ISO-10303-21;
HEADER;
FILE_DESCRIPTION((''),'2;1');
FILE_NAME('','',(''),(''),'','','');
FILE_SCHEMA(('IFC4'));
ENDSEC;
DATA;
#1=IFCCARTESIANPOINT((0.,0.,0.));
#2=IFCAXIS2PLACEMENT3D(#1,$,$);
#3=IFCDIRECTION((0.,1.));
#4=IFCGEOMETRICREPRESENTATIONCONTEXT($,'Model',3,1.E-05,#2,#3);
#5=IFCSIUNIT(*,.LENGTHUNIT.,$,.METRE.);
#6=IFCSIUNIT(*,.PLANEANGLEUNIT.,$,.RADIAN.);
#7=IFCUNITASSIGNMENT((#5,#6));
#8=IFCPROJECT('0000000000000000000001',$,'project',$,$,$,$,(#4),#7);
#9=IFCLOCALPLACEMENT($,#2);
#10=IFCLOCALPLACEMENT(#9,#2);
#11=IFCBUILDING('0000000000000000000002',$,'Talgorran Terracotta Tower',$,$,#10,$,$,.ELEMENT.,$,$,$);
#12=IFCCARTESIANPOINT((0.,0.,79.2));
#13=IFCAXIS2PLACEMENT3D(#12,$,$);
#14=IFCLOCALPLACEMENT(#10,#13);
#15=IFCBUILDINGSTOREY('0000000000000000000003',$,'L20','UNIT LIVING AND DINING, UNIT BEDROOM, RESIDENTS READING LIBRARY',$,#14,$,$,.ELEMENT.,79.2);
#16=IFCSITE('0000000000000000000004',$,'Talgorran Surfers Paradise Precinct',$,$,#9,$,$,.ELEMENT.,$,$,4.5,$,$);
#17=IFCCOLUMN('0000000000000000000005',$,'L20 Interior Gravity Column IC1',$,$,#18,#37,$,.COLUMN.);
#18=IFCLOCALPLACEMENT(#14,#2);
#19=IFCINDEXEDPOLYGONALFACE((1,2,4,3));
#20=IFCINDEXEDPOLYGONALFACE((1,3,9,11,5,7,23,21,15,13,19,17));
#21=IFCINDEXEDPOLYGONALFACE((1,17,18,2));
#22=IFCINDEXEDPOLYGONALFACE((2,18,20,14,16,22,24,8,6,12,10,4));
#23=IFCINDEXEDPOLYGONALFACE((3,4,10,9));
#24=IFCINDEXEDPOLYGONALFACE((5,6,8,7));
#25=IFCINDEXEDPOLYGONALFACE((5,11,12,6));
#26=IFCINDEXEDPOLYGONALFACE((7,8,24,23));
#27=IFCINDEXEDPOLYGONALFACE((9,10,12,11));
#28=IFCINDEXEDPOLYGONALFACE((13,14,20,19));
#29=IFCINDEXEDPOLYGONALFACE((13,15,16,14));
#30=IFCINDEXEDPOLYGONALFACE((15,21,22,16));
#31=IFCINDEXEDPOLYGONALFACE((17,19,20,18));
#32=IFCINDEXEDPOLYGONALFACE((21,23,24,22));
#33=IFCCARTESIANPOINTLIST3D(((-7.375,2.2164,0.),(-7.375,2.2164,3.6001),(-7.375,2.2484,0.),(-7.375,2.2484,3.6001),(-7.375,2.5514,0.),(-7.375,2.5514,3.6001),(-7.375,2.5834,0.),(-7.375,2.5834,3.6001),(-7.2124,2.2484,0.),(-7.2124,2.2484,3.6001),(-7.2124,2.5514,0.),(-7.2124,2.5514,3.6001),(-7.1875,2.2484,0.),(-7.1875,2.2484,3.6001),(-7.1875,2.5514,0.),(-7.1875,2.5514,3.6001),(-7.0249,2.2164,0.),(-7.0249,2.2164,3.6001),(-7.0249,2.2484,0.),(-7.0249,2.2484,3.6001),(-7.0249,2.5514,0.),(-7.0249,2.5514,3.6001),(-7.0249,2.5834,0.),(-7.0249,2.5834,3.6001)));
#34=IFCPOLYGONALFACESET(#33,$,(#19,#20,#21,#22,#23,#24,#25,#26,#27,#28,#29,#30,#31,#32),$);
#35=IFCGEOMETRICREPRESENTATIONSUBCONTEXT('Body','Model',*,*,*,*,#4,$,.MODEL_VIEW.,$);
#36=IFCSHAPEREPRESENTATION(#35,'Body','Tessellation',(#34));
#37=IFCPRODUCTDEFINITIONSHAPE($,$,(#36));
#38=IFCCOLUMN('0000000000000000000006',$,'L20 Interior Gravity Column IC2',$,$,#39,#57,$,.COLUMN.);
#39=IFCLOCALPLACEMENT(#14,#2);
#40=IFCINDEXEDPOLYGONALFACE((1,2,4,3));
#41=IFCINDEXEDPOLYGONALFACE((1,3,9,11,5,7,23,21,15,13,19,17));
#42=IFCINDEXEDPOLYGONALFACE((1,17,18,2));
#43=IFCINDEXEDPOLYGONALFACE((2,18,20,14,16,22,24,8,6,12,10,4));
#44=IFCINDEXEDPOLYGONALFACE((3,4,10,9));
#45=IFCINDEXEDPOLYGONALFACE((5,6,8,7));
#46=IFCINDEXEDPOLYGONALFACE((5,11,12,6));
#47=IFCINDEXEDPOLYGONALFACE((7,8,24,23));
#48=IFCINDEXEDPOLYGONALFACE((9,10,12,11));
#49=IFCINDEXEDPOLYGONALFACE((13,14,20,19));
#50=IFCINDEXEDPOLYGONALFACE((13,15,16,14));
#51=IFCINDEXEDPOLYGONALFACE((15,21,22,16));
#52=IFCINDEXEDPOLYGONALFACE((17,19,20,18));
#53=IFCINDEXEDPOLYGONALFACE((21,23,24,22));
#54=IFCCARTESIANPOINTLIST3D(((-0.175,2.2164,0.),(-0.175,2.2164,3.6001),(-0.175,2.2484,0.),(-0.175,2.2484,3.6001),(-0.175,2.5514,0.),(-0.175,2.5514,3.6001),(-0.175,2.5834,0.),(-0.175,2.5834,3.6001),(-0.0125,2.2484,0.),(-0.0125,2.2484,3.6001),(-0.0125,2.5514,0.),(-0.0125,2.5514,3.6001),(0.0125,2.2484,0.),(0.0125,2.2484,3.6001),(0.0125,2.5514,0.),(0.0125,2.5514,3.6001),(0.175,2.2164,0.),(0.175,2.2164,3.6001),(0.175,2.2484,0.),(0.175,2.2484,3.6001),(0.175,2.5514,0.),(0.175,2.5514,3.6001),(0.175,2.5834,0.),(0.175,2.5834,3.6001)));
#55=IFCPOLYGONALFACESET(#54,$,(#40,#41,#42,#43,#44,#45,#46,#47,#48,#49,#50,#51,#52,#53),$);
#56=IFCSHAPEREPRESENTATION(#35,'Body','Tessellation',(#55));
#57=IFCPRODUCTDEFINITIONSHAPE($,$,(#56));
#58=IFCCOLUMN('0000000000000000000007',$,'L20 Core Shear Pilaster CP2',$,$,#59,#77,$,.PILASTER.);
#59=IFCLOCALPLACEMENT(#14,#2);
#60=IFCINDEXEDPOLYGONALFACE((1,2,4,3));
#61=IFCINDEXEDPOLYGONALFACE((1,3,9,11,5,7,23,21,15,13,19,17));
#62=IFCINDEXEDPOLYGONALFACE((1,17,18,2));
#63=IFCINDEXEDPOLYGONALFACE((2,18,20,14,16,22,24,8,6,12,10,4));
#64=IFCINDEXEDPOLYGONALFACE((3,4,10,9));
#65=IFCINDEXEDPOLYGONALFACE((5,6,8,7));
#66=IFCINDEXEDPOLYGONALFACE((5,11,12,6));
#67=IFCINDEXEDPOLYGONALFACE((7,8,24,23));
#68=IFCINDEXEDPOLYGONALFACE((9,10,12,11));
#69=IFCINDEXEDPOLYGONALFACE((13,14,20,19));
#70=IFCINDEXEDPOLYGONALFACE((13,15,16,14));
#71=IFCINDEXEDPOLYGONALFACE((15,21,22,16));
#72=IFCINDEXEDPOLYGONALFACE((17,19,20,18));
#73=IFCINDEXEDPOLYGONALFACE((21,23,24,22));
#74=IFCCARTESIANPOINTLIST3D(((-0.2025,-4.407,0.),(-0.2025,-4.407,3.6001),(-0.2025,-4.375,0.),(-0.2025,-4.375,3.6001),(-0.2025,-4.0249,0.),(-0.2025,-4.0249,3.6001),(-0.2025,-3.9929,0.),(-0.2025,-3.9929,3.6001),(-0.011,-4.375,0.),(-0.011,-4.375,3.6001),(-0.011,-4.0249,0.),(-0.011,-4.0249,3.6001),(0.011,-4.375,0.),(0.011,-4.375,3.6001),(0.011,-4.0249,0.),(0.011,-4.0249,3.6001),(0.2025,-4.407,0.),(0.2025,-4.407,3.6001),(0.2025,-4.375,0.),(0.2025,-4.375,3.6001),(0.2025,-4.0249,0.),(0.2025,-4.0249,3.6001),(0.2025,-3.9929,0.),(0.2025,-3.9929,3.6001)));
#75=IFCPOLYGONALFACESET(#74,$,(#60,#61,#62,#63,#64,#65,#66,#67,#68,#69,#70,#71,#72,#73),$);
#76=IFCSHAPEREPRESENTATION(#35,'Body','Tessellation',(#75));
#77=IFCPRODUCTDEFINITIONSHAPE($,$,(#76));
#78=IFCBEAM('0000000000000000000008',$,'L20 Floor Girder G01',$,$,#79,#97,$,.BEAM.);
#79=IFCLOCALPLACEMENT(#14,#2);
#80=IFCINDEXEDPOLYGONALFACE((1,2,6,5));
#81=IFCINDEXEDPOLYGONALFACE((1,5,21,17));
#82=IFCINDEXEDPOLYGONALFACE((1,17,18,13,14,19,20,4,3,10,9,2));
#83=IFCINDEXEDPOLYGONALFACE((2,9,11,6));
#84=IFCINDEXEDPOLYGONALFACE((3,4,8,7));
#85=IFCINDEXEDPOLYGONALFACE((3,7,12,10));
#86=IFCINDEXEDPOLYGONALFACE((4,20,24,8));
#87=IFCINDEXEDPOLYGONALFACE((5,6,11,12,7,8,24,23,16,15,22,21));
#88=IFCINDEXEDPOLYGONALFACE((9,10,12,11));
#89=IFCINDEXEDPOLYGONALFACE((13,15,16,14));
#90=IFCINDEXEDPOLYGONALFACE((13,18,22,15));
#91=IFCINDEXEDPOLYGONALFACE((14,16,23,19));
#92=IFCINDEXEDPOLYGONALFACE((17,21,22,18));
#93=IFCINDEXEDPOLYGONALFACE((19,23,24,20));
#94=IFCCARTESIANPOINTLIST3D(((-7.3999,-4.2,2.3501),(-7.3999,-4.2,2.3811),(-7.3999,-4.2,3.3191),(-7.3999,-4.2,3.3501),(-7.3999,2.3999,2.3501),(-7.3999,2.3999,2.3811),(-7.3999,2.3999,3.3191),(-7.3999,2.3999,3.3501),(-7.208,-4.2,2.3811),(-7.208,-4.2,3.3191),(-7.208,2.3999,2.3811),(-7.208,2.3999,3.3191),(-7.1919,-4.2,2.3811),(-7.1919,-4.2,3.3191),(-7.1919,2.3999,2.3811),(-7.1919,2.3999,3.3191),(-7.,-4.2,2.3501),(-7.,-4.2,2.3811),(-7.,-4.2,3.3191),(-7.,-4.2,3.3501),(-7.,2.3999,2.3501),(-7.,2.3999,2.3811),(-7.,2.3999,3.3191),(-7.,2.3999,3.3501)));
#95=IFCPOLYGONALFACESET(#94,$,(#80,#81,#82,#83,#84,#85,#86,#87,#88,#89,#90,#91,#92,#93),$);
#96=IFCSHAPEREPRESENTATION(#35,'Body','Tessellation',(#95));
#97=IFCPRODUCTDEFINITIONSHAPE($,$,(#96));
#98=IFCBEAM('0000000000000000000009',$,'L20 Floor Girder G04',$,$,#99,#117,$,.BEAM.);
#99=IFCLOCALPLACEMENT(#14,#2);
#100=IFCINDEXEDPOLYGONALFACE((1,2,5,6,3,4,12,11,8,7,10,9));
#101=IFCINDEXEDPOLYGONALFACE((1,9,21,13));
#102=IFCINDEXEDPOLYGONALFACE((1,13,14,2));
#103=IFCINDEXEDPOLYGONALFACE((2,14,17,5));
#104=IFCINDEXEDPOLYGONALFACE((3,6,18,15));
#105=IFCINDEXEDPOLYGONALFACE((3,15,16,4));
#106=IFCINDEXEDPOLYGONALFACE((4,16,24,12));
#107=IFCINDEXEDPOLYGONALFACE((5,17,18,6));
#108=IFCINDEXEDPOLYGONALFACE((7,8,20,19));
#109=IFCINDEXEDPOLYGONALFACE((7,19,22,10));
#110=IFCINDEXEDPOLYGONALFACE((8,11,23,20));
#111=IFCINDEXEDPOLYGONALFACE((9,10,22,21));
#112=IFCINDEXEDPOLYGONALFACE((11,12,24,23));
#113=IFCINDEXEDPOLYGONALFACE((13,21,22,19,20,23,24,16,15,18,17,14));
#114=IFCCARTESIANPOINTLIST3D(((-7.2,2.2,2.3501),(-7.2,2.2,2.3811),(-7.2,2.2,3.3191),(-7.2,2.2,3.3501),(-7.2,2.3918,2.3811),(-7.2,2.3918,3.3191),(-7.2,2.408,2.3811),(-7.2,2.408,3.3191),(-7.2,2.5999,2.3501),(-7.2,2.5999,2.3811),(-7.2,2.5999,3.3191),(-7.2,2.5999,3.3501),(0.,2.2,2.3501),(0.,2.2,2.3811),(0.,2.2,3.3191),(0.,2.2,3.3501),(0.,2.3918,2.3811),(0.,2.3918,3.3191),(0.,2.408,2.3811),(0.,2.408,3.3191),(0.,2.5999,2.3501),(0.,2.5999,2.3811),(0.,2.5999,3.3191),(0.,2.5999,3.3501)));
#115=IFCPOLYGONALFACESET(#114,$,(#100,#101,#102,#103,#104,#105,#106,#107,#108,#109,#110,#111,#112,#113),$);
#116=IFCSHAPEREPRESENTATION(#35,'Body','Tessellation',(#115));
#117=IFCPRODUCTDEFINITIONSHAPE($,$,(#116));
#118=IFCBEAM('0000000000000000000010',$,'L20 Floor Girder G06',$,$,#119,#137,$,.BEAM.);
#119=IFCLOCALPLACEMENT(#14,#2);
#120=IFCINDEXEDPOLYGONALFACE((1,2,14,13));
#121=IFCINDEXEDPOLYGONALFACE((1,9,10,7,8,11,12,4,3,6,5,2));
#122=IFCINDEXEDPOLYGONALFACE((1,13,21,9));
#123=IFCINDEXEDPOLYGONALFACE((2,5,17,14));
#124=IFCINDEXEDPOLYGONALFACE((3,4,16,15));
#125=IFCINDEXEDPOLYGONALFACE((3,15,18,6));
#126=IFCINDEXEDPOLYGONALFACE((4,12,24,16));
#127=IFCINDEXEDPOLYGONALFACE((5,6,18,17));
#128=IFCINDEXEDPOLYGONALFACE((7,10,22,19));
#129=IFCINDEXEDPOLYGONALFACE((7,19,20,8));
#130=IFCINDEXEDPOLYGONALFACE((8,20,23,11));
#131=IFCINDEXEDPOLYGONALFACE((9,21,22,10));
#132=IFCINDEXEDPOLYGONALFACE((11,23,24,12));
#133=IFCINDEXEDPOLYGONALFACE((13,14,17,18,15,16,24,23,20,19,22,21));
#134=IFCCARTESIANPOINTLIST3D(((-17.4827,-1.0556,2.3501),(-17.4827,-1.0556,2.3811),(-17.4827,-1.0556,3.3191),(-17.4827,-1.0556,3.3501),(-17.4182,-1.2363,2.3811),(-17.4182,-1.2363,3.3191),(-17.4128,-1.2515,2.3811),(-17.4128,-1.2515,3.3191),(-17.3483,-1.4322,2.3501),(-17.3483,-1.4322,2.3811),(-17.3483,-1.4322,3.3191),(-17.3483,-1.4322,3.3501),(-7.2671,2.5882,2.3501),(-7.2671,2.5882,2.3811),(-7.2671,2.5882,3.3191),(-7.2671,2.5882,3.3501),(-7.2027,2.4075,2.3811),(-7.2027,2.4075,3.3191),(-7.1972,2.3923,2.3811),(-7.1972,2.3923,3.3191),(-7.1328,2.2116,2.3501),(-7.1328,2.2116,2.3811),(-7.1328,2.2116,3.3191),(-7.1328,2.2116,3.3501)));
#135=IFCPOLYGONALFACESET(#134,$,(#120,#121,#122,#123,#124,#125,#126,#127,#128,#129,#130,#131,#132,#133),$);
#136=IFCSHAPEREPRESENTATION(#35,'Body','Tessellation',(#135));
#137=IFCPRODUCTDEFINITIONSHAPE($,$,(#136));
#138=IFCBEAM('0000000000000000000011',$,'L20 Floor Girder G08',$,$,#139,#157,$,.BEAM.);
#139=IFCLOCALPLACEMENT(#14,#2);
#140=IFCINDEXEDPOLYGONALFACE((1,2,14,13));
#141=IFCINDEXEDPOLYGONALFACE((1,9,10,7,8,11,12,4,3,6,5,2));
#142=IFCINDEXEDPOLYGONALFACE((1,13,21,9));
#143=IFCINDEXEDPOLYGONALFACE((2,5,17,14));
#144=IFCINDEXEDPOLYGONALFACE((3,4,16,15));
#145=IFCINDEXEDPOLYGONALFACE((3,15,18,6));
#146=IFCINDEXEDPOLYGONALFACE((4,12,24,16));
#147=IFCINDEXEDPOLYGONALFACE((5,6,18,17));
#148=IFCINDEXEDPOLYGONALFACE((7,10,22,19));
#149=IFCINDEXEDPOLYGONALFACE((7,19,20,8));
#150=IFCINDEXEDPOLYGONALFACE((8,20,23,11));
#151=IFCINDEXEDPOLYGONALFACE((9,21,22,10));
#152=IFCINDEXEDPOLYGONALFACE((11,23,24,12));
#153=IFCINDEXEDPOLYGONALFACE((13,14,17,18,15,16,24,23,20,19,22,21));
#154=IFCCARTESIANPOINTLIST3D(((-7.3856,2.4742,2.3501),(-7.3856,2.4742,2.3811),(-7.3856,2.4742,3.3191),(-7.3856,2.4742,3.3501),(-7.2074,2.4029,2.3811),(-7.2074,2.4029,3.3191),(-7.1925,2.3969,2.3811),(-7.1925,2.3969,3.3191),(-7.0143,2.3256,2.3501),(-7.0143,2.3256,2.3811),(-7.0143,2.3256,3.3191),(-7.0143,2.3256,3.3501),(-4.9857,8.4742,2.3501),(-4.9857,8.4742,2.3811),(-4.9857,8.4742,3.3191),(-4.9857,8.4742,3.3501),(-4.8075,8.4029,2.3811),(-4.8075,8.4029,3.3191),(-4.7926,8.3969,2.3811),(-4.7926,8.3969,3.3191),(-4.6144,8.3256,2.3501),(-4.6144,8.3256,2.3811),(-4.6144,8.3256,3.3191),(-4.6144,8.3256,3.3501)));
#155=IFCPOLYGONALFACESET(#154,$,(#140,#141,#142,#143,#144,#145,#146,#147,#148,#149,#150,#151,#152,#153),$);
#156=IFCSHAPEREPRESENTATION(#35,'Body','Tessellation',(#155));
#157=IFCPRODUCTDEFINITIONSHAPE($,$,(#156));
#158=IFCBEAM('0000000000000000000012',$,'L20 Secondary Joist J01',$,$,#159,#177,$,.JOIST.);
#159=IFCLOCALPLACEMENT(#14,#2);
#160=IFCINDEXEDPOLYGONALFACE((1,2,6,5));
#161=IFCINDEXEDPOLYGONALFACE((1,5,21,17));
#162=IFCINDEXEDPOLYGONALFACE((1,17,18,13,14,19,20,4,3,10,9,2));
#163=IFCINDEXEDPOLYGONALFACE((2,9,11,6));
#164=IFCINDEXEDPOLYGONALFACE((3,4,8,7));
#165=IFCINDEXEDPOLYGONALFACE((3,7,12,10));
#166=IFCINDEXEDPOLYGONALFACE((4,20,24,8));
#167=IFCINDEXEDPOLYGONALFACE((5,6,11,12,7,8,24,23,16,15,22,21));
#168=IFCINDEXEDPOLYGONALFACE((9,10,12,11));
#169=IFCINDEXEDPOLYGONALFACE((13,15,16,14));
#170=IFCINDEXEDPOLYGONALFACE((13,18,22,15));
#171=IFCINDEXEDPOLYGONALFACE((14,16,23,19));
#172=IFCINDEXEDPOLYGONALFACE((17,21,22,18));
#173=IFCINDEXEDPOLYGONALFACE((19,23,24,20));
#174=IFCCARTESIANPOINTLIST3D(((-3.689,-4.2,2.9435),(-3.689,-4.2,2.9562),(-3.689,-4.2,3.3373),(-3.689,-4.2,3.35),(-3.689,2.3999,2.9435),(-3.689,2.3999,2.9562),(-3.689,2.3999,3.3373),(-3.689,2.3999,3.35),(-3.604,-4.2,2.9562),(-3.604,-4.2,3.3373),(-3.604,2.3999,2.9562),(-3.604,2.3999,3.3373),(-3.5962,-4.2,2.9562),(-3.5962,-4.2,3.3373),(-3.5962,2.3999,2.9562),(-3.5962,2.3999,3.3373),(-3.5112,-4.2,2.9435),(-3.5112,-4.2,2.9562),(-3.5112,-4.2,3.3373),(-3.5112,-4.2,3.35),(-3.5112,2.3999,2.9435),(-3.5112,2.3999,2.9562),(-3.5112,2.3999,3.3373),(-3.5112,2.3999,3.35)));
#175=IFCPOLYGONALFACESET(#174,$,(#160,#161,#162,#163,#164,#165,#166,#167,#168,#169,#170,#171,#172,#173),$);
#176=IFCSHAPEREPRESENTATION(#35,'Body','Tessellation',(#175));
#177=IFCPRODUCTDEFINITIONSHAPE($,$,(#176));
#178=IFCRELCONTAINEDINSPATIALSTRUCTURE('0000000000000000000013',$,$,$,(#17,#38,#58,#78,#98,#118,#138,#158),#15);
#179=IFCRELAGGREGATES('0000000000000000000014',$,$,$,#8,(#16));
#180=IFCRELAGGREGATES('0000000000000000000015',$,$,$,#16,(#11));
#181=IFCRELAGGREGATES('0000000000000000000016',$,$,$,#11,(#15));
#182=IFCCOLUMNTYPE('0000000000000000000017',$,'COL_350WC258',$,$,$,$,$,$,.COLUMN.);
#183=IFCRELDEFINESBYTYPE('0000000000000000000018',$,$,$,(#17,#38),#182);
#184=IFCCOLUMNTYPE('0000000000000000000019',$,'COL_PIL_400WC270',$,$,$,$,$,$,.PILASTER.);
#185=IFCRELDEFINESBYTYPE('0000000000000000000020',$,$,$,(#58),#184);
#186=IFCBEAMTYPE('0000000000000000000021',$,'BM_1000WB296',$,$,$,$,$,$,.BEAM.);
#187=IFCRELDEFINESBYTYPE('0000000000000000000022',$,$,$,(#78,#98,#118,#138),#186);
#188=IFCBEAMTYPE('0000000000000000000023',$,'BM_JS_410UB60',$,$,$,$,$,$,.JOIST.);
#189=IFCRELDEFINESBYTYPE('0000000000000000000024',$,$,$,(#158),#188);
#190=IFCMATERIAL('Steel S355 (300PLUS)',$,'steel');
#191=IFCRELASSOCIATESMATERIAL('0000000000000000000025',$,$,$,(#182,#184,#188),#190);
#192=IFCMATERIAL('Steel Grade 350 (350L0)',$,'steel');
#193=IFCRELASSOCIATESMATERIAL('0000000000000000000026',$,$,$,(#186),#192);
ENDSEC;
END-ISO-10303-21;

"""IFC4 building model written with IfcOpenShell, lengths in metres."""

from ifc_helpers import new_model, si_unit, direction, frame, origin, origin_2d, place, context, subcontext, project, spatial, i_section, extrude, material, material_profile, profile_set, type_object, element, save


model = new_model("IFC4")

# Units and contexts
model_context = context("Model", 3, precision=1e-05, world=origin(), true_north=direction((0.0, 1.0)))
body_context = subcontext(model_context, "Body", "Model", "MODEL_VIEW")
ifc_project = project(units=[si_unit("LENGTHUNIT", "METRE"), si_unit("PLANEANGLEUNIT", "RADIAN")], contexts=[model_context])

# Site, building, storey
site_placement = place(None, origin())
site = spatial("IfcSite", under=ifc_project, at=site_placement, Name="Talgorran Surfers Paradise Precinct", CompositionType="ELEMENT", RefElevation=4.5)
building_placement = place(site_placement, origin())
building = spatial("IfcBuilding", under=site, at=building_placement, Name="Talgorran Terracotta Tower", CompositionType="ELEMENT")
storey_placement = place(building_placement, frame((0.0, 0.0, 79.2)))
storey = spatial("IfcBuildingStorey", under=building, at=storey_placement, Name="L20", Description="UNIT LIVING AND DINING, UNIT BEDROOM, RESIDENTS READING LIBRARY", CompositionType="ELEMENT", Elevation=79.2)

# Columns
ifc_material_1 = material(Name="Steel S355 (300PLUS)", Category="steel")
ifc_material_profile_1 = material_profile(ifc_material_1, i_section(OverallWidth=0.3501, OverallDepth=0.3669, WebThickness=0.0249, FlangeThickness=0.032, at=origin_2d()), Name="350WC258")
ifc_profile_set_1 = profile_set([ifc_material_profile_1], Name="Steel S355 (300PLUS)")
column_type_1 = type_object("IfcColumnType", Name="COL_350WC258", PredefinedType="COLUMN", material=ifc_profile_set_1)
for number, where, z_axis, x_axis, name in (
    (1, (-7.2, 2.3999, 0.0), (0.0, 0.0, 1.0), (1.0, 0.0, 0.0), "L20 Interior Gravity Column IC1"),
    (2, (0.0, 2.3999, 0.0), (0.0, 0.0, 1.0), (1.0, 0.0, 0.0), "L20 Interior Gravity Column IC2"),
):
    element("IfcColumn", number, at=place(storey_placement, frame(where, z_axis=z_axis, x_axis=x_axis)), inside=storey, type_object=column_type_1, Name=name, PredefinedType="COLUMN", context=body_context, shape_type="SweptSolid", body=[
        extrude(i_section(OverallWidth=0.3501, OverallDepth=0.3669, WebThickness=0.0249, FlangeThickness=0.032, at=origin_2d()), origin(), (0.0, 0.0, 1.0), 3.6001),
    ])
ifc_material_profile_2 = material_profile(ifc_material_1, i_section(OverallWidth=0.405, OverallDepth=0.4141, WebThickness=0.022, FlangeThickness=0.032, at=origin_2d()), Name="400WC270")
ifc_profile_set_2 = profile_set([ifc_material_profile_2], Name="Steel S355 (300PLUS)")
column_type_2 = type_object("IfcColumnType", Name="COL_PIL_400WC270", PredefinedType="PILASTER", material=ifc_profile_set_2)
column_placement = place(storey_placement, frame((0.0, -4.2, 0.0), z_axis=(0.0, 0.0, 1.0), x_axis=(1.0, 0.0, 0.0)))
element("IfcColumn", 3, at=column_placement, inside=storey, type_object=column_type_2, Name="L20 Core Shear Pilaster CP2", PredefinedType="PILASTER", context=body_context, shape_type="SweptSolid", body=[
    extrude(i_section(OverallWidth=0.405, OverallDepth=0.4141, WebThickness=0.022, FlangeThickness=0.032, at=origin_2d()), origin(), (0.0, 0.0, 1.0), 3.6001),
])

# Beams
ifc_material_2 = material(Name="Steel Grade 350 (350L0)", Category="steel")
ifc_material_profile_3 = material_profile(ifc_material_2, i_section(OverallWidth=0.3999, OverallDepth=1.0, WebThickness=0.0161, FlangeThickness=0.031, at=origin_2d()), Name="1000WB296")
ifc_profile_set_3 = profile_set([ifc_material_profile_3], Name="Steel Grade 350 (350L0)")
beam_type_1 = type_object("IfcBeamType", Name="BM_1000WB296", PredefinedType="BEAM", material=ifc_profile_set_3)
beam_1_placement = place(storey_placement, frame((-7.2, -4.2, 2.8501), z_axis=(0.0, 1.0, 0.0), x_axis=(-1.0, 0.0, 0.0)))
element("IfcBeam", 4, at=beam_1_placement, inside=storey, type_object=beam_type_1, Name="L20 Floor Girder G01", PredefinedType="BEAM", context=body_context, shape_type="SweptSolid", body=[
    extrude(i_section(OverallWidth=0.3999, OverallDepth=1.0, WebThickness=0.0161, FlangeThickness=0.031, at=origin_2d()), origin(), (0.0, 0.0, 1.0), 6.5999),
])
beam_2_placement = place(storey_placement, frame((-7.2, 2.3999, 2.8501), z_axis=(1.0, 0.0, 0.0), x_axis=(0.0, 1.0, 0.0)))
element("IfcBeam", 5, at=beam_2_placement, inside=storey, type_object=beam_type_1, Name="L20 Floor Girder G04", PredefinedType="BEAM", context=body_context, shape_type="SweptSolid", body=[
    extrude(i_section(OverallWidth=0.3999, OverallDepth=1.0, WebThickness=0.0161, FlangeThickness=0.031, at=origin_2d()), origin(), (0.0, 0.0, 1.0), 7.2),
])
beam_3_placement = place(storey_placement, frame((-7.2, 2.3999, 2.8501), z_axis=(-0.941877, -0.335958, 0.0), x_axis=(0.335958, -0.941877, 0.0)))
element("IfcBeam", 6, at=beam_3_placement, inside=storey, type_object=beam_type_1, Name="L20 Floor Girder G06", PredefinedType="BEAM", context=body_context, shape_type="SweptSolid", body=[
    extrude(i_section(OverallWidth=0.3999, OverallDepth=1.0, WebThickness=0.0161, FlangeThickness=0.031, at=origin_2d()), origin(), (0.0, 0.0, 1.0), 10.8459),
])
beam_4_placement = place(storey_placement, frame((-7.2, 2.3999, 2.8501), z_axis=(0.371378, 0.928482, 0.0), x_axis=(-0.928482, 0.371378, 0.0)))
element("IfcBeam", 7, at=beam_4_placement, inside=storey, type_object=beam_type_1, Name="L20 Floor Girder G08", PredefinedType="BEAM", context=body_context, shape_type="SweptSolid", body=[
    extrude(i_section(OverallWidth=0.3999, OverallDepth=1.0, WebThickness=0.0161, FlangeThickness=0.031, at=origin_2d()), origin(), (0.0, 0.0, 1.0), 6.4622),
])
ifc_material_profile_4 = material_profile(ifc_material_1, i_section(OverallWidth=0.1777, OverallDepth=0.4065, WebThickness=0.0078, FlangeThickness=0.0127, at=origin_2d()), Name="410UB59.7")
ifc_profile_set_4 = profile_set([ifc_material_profile_4], Name="Steel S355 (300PLUS)")
beam_type_2 = type_object("IfcBeamType", Name="BM_JS_410UB60", PredefinedType="JOIST", material=ifc_profile_set_4)
beam_5_placement = place(storey_placement, frame((-3.6001, -4.2, 3.1467), z_axis=(0.0, 1.0, 0.0), x_axis=(-1.0, 0.0, 0.0)))
element("IfcBeam", 8, at=beam_5_placement, inside=storey, type_object=beam_type_2, Name="L20 Secondary Joist J01", PredefinedType="JOIST", context=body_context, shape_type="SweptSolid", body=[
    extrude(i_section(OverallWidth=0.1777, OverallDepth=0.4065, WebThickness=0.0078, FlangeThickness=0.0127, at=origin_2d()), origin(), (0.0, 0.0, 1.0), 6.5999),
])

save(model, "model.ifc")
